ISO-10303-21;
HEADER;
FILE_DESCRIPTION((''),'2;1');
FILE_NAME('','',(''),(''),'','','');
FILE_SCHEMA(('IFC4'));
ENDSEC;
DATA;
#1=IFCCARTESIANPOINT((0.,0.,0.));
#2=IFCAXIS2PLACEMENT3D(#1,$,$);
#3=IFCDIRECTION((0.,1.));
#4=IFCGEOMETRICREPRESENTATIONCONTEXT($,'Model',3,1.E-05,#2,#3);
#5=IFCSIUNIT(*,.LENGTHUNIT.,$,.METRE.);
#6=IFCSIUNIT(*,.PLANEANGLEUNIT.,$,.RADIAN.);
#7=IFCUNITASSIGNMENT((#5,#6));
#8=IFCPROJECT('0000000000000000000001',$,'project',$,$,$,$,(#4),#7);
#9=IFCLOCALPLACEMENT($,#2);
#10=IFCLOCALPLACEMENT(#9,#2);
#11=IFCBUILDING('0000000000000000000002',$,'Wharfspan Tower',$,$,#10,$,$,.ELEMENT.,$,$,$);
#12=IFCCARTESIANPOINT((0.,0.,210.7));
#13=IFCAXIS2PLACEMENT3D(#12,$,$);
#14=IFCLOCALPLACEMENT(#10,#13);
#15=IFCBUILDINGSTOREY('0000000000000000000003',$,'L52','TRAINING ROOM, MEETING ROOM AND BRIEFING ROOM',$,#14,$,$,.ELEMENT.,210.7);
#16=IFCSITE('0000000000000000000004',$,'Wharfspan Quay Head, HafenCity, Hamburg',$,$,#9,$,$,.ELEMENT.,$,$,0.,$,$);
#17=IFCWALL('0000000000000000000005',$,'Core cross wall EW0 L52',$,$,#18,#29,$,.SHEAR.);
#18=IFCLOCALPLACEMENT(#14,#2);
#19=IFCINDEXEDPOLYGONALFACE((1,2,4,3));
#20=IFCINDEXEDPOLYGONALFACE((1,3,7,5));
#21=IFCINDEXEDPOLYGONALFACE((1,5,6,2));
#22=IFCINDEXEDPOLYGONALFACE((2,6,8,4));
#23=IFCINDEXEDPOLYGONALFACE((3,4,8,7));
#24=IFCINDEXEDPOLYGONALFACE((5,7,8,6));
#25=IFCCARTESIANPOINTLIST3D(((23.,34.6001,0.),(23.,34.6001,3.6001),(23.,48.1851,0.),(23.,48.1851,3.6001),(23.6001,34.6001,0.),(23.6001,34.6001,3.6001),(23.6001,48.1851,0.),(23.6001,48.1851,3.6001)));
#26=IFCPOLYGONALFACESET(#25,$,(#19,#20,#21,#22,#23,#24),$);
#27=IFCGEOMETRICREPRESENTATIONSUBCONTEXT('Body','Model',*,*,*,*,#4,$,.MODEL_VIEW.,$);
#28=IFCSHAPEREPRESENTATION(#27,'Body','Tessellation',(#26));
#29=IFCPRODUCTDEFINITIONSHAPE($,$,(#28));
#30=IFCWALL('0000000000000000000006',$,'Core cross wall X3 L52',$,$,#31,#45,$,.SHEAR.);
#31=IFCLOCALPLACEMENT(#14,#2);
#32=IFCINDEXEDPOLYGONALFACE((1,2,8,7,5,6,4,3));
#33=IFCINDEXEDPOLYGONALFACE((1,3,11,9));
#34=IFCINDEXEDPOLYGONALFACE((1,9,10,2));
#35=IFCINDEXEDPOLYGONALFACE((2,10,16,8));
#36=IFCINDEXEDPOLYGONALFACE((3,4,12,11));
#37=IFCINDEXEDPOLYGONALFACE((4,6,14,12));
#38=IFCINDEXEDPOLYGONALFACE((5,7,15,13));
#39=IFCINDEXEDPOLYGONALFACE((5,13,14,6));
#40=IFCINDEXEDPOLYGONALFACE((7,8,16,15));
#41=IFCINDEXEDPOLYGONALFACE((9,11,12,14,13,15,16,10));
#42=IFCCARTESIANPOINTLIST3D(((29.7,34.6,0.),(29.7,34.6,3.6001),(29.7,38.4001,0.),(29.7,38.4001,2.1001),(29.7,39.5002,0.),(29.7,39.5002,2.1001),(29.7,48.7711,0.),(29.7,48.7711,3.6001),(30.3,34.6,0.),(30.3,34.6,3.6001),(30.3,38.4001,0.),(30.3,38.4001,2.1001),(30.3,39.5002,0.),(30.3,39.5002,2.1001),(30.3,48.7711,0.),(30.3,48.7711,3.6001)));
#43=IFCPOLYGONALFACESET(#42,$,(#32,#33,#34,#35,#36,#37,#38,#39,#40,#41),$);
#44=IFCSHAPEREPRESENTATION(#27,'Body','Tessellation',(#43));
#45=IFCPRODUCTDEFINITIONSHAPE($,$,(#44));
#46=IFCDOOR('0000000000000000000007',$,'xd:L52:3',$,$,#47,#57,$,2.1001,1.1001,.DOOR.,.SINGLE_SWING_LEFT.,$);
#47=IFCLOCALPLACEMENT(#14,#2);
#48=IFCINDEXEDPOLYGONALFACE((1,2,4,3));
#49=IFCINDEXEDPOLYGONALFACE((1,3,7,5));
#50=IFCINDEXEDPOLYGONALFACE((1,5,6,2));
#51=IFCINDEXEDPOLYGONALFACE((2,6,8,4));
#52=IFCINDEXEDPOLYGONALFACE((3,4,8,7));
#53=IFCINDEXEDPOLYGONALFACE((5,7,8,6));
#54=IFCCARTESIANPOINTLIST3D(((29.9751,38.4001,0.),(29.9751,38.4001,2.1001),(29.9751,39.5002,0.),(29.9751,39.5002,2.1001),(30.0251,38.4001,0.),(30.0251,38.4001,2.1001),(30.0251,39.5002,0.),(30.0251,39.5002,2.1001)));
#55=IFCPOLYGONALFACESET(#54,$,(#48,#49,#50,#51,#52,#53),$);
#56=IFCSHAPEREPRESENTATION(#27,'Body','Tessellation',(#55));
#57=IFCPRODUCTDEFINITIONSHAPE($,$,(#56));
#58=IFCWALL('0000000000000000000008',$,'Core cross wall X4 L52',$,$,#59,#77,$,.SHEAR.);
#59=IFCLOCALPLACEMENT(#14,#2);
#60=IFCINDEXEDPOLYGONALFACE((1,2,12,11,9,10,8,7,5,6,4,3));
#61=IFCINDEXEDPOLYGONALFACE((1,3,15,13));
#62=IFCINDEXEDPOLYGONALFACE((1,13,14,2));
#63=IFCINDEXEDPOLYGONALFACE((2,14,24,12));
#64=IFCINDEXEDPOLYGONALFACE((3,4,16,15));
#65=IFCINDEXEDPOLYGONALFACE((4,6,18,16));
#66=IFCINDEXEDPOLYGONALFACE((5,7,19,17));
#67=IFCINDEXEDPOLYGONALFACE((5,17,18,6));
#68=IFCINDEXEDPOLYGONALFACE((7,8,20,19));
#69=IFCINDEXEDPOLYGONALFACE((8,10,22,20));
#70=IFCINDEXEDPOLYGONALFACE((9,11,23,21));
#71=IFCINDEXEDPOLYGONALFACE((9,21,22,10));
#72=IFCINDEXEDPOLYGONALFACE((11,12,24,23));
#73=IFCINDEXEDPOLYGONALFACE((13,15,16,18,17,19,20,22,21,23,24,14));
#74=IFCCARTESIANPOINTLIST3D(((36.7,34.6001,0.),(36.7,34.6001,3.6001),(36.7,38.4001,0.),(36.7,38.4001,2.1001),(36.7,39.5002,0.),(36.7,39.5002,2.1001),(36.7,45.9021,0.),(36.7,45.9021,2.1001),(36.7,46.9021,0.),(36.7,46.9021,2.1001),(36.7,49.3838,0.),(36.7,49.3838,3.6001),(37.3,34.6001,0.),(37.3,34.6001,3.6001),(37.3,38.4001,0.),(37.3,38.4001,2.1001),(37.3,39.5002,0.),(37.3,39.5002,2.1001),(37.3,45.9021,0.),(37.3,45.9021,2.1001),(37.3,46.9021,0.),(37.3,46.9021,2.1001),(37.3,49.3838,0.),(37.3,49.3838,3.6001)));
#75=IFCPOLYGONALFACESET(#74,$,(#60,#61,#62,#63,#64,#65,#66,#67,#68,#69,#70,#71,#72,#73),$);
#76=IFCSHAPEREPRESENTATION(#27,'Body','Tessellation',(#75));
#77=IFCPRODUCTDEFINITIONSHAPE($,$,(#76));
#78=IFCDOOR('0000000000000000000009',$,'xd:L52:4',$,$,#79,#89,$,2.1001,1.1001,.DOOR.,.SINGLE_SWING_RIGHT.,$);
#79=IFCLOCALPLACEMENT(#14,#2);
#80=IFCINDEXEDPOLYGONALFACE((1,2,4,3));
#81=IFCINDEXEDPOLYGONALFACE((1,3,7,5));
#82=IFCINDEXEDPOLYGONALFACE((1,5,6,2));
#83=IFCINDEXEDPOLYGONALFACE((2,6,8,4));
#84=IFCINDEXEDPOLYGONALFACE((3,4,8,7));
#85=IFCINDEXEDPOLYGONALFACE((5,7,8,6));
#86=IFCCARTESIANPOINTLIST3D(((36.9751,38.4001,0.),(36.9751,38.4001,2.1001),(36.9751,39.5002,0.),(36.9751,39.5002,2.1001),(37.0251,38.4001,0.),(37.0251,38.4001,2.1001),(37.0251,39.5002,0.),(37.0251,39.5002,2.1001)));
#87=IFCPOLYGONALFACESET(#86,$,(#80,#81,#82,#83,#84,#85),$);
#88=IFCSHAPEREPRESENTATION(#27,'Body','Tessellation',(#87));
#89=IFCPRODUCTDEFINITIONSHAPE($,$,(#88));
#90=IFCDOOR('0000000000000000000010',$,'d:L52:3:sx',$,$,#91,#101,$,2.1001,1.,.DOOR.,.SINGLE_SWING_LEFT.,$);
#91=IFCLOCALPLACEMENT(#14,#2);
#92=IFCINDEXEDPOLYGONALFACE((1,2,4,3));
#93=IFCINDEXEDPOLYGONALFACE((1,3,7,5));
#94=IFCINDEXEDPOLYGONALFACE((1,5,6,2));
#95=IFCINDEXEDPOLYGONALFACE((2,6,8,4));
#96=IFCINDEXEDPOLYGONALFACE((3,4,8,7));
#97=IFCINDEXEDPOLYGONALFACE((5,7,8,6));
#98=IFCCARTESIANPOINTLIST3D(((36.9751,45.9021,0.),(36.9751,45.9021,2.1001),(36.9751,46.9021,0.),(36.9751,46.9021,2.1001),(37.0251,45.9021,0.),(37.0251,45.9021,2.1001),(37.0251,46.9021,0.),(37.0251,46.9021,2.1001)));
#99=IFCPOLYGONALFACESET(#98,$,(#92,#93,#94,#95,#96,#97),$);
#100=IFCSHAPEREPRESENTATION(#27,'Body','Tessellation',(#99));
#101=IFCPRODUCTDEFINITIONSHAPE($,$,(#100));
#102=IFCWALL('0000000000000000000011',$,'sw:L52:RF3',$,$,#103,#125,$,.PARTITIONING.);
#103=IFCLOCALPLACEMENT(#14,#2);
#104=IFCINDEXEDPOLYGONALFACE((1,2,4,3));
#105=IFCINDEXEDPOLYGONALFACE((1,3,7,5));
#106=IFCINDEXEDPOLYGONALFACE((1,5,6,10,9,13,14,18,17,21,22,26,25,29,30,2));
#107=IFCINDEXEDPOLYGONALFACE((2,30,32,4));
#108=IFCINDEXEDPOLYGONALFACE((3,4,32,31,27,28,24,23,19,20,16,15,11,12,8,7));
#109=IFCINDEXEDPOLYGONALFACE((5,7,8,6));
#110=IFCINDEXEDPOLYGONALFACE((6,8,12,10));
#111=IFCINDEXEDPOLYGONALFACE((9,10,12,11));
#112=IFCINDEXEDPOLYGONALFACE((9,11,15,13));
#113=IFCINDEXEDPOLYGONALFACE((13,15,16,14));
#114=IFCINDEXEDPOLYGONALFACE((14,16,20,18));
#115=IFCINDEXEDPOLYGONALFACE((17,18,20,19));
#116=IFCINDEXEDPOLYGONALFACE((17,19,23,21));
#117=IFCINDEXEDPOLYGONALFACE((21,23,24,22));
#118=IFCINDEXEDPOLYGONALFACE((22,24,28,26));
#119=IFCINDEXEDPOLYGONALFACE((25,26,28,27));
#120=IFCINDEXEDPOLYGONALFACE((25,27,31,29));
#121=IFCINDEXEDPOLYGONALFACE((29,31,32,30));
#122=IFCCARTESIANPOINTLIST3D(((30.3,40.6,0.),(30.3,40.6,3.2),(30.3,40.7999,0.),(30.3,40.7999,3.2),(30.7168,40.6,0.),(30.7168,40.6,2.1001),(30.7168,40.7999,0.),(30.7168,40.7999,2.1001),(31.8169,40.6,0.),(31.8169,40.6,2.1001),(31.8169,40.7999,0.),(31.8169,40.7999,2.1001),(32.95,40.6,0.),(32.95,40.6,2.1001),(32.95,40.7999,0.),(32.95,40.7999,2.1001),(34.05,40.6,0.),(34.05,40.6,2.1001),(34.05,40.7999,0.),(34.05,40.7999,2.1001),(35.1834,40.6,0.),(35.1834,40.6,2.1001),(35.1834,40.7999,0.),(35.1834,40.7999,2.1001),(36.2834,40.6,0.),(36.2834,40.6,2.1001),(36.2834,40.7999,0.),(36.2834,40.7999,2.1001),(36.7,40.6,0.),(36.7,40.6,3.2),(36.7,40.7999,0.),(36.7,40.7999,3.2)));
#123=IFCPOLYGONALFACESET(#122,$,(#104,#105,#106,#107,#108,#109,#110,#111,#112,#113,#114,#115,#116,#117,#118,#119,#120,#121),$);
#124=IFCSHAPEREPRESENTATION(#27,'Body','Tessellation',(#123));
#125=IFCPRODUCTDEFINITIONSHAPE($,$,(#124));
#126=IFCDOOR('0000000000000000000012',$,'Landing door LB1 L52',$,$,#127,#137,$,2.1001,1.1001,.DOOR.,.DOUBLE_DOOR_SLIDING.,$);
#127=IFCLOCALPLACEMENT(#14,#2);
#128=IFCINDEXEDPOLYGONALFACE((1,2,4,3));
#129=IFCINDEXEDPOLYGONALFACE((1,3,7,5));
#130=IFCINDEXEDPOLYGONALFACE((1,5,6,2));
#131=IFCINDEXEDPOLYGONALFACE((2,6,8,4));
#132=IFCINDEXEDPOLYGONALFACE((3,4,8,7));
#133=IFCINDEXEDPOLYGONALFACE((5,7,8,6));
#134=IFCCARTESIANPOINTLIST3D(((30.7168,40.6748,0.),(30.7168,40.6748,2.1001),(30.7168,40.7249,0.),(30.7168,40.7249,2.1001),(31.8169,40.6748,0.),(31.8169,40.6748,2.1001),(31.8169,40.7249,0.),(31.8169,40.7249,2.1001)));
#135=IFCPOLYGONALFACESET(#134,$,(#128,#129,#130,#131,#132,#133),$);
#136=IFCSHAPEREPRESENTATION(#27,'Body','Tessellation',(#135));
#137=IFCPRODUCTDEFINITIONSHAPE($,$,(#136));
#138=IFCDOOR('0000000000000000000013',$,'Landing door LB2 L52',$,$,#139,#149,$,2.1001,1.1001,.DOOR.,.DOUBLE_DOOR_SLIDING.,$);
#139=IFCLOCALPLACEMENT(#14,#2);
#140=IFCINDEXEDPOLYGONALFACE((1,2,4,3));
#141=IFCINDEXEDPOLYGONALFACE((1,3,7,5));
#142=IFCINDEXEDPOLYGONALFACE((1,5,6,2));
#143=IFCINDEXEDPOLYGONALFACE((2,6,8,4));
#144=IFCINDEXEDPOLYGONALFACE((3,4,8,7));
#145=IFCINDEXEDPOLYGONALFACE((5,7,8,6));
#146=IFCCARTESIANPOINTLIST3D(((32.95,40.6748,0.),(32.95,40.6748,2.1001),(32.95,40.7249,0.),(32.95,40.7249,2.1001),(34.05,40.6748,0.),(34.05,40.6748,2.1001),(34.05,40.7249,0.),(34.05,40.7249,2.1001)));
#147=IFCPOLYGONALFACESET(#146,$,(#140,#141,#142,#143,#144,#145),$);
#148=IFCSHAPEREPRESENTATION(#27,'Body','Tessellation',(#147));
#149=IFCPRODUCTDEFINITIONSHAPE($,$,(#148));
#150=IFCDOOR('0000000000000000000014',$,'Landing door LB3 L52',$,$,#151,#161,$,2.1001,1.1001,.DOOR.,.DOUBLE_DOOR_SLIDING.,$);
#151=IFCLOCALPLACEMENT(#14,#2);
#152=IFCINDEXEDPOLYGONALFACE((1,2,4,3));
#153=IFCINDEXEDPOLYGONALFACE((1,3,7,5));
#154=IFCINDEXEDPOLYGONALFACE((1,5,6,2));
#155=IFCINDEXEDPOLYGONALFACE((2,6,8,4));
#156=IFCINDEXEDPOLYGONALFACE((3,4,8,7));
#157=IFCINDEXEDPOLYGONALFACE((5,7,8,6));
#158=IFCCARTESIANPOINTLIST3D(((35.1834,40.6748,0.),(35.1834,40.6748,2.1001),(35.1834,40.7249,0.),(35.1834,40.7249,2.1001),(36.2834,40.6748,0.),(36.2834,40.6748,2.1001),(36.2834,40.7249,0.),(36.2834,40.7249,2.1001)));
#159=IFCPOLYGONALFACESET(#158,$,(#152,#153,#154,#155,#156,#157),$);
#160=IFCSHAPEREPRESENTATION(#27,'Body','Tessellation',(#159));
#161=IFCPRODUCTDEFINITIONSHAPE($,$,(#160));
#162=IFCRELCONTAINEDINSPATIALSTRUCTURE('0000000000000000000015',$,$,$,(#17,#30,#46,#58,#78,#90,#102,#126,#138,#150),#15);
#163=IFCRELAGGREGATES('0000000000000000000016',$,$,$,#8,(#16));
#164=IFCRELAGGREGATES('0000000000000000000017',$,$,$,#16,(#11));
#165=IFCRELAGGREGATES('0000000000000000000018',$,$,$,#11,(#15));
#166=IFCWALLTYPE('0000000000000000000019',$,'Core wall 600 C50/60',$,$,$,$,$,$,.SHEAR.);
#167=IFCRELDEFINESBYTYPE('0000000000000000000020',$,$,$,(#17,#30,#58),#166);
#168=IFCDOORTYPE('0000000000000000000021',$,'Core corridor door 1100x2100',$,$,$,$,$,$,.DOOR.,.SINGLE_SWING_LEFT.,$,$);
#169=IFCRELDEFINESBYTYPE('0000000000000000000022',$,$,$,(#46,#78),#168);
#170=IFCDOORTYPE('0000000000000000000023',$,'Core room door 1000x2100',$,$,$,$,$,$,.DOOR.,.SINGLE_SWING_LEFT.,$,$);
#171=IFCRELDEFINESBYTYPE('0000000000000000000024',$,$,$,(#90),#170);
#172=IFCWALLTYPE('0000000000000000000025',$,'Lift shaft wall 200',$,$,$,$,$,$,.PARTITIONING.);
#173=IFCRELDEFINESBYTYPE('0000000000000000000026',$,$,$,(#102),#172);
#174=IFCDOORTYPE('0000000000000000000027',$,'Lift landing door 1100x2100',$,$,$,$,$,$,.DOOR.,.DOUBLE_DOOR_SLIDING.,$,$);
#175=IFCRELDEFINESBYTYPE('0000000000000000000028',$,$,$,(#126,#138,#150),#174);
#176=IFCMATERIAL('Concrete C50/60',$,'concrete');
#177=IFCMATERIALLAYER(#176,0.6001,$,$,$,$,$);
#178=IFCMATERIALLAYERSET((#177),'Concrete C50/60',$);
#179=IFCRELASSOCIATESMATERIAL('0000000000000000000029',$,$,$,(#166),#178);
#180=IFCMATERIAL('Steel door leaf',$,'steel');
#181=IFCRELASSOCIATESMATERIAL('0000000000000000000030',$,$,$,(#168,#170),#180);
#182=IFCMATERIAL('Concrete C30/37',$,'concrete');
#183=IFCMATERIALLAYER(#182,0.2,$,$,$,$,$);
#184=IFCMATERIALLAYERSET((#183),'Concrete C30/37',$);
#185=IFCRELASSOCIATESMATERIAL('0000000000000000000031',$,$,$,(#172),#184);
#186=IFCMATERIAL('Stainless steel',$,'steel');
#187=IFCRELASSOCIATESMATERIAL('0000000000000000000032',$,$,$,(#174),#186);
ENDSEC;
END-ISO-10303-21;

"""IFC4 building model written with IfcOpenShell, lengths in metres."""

from ifc_helpers import new_model, si_unit, direction, frame, frame_2d, origin, place, context, subcontext, project, spatial, rectangle, extrude, material, layer, layer_set, type_object, element, fill, save


model = new_model("IFC4")

# Units and contexts
model_context = context("Model", 3, precision=1e-05, world=origin(), true_north=direction((0.0, 1.0)))
body_context = subcontext(model_context, "Body", "Model", "MODEL_VIEW")
ifc_project = project(units=[si_unit("LENGTHUNIT", "METRE"), si_unit("PLANEANGLEUNIT", "RADIAN")], contexts=[model_context])

# Site, building, storey
site_placement = place(None, origin())
site = spatial("IfcSite", under=ifc_project, at=site_placement, Name="Wharfspan Quay Head, HafenCity, Hamburg", CompositionType="ELEMENT", RefElevation=0.0)
building_placement = place(site_placement, origin())
building = spatial("IfcBuilding", under=site, at=building_placement, Name="Wharfspan Tower", CompositionType="ELEMENT")
storey_placement = place(building_placement, frame((0.0, 0.0, 210.7)))
storey = spatial("IfcBuildingStorey", under=building, at=storey_placement, Name="L52", Description="TRAINING ROOM, MEETING ROOM AND BRIEFING ROOM", CompositionType="ELEMENT", Elevation=210.7)

# Wall
ifc_material_1 = material(Name="Concrete C50/60", Category="concrete")
ifc_layer_1 = layer(ifc_material_1, 0.6001)
ifc_layer_set_1 = layer_set([ifc_layer_1], Name="Concrete C50/60")
wall_type_1 = type_object("IfcWallType", Name="Core wall 600 C50/60", PredefinedType="SHEAR", material=ifc_layer_set_1)
wall_1_placement = place(storey_placement, frame((23.3, 34.6001, 0.0), z_axis=(0.0, 0.0, 1.0), x_axis=(0.0, 1.0, 0.0)))
element("IfcWall", 1, at=wall_1_placement, inside=storey, type_object=wall_type_1, Name="Core cross wall EW0 L52", PredefinedType="SHEAR", context=body_context, shape_type="SweptSolid", body=[
    extrude(rectangle(XDim=13.585, YDim=0.6001, at=frame_2d((6.7925, 0.0))), origin(), (0.0, 0.0, 1.0), 3.6001),
])

# Wall, opening, door
wall_2_placement = place(storey_placement, frame((30.0, 34.6001, 0.0), z_axis=(0.0, 0.0, 1.0), x_axis=(0.0, 1.0, 0.0)))
wall_2 = element("IfcWall", 2, at=wall_2_placement, inside=storey, type_object=wall_type_1, Name="Core cross wall X3 L52", PredefinedType="SHEAR", context=body_context, shape_type="SweptSolid", body=[
    extrude(rectangle(XDim=14.1711, YDim=0.6001, at=frame_2d((7.0854, 0.0))), origin(), (0.0, 0.0, 1.0), 3.6001),
])
opening_1_placement = place(wall_2_placement, frame((3.8, 0.0, 0.0)))
opening_1 = element("IfcOpeningElement", 3, at=opening_1_placement, cuts=wall_2, PredefinedType="OPENING", context=body_context, shape_type="SweptSolid", body=[
    extrude(rectangle(XDim=1.1001, YDim=2.1001, at=frame_2d((0.55, 1.05))), frame((0.0, 0.3101, 0.0), z_axis=(0.0, -1.0, 0.0), x_axis=(1.0, 0.0, 0.0)), (0.0, 0.0, 1.0), 0.6201),
])
ifc_material_2 = material(Name="Steel door leaf", Category="steel")
door_type_1 = type_object("IfcDoorType", Name="Core corridor door 1100x2100", OperationType="SINGLE_SWING_LEFT", PredefinedType="DOOR", material=ifc_material_2)
door_1_placement = place(opening_1_placement, origin())
door_1 = element("IfcDoor", 4, at=door_1_placement, inside=storey, type_object=door_type_1, Name="xd:L52:3", OperationType="SINGLE_SWING_LEFT", OverallHeight=2.1001, OverallWidth=1.1001, PredefinedType="DOOR", context=body_context, shape_type="SweptSolid", body=[
    extrude(rectangle(XDim=1.1001, YDim=2.1001, at=frame_2d((0.55, 1.05))), frame((0.0, 0.0249, 0.0), z_axis=(0.0, -1.0, 0.0), x_axis=(1.0, 0.0, 0.0)), (0.0, 0.0, 1.0), 0.05),
])
fill(opening_1, door_1)

# Walls, openings, doors
wall_3_placement = place(storey_placement, frame((37.0, 34.6001, 0.0), z_axis=(0.0, 0.0, 1.0), x_axis=(0.0, 1.0, 0.0)))
wall_3 = element("IfcWall", 5, at=wall_3_placement, inside=storey, type_object=wall_type_1, Name="Core cross wall X4 L52", PredefinedType="SHEAR", context=body_context, shape_type="SweptSolid", body=[
    extrude(rectangle(XDim=14.7837, YDim=0.6001, at=frame_2d((7.3918, 0.0))), origin(), (0.0, 0.0, 1.0), 3.6001),
])
opening_2_placement = place(wall_3_placement, frame((11.302, 0.0, 0.0)))
opening_2 = element("IfcOpeningElement", 6, at=opening_2_placement, cuts=wall_3, PredefinedType="OPENING", context=body_context, shape_type="SweptSolid", body=[
    extrude(rectangle(XDim=1.0, YDim=2.1001, at=frame_2d((0.5, 1.05))), frame((0.0, 0.3101, 0.0), z_axis=(0.0, -1.0, 0.0), x_axis=(1.0, 0.0, 0.0)), (0.0, 0.0, 1.0), 0.6201),
])
opening_3_placement = place(wall_3_placement, frame((3.8, 0.0, 0.0)))
opening_3 = element("IfcOpeningElement", 7, at=opening_3_placement, cuts=wall_3, PredefinedType="OPENING", context=body_context, shape_type="SweptSolid", body=[
    extrude(rectangle(XDim=1.1001, YDim=2.1001, at=frame_2d((0.55, 1.05))), frame((0.0, 0.3101, 0.0), z_axis=(0.0, -1.0, 0.0), x_axis=(1.0, 0.0, 0.0)), (0.0, 0.0, 1.0), 0.6201),
])
door_2_placement = place(opening_3_placement, origin())
door_2 = element("IfcDoor", 8, at=door_2_placement, inside=storey, type_object=door_type_1, Name="xd:L52:4", OperationType="SINGLE_SWING_RIGHT", OverallHeight=2.1001, OverallWidth=1.1001, PredefinedType="DOOR", context=body_context, shape_type="SweptSolid", body=[
    extrude(rectangle(XDim=1.1001, YDim=2.1001, at=frame_2d((0.55, 1.05))), frame((0.0, 0.0249, 0.0), z_axis=(0.0, -1.0, 0.0), x_axis=(1.0, 0.0, 0.0)), (0.0, 0.0, 1.0), 0.05),
])
fill(opening_3, door_2)
door_type_2 = type_object("IfcDoorType", Name="Core room door 1000x2100", OperationType="SINGLE_SWING_LEFT", PredefinedType="DOOR", material=ifc_material_2)
door_3_placement = place(opening_2_placement, origin())
door_3 = element("IfcDoor", 9, at=door_3_placement, inside=storey, type_object=door_type_2, Name="d:L52:3:sx", OperationType="SINGLE_SWING_LEFT", OverallHeight=2.1001, OverallWidth=1.0, PredefinedType="DOOR", context=body_context, shape_type="SweptSolid", body=[
    extrude(rectangle(XDim=1.0, YDim=2.1001, at=frame_2d((0.5, 1.05))), frame((0.0, 0.0249, 0.0), z_axis=(0.0, -1.0, 0.0), x_axis=(1.0, 0.0, 0.0)), (0.0, 0.0, 1.0), 0.05),
])
fill(opening_2, door_3)
ifc_material_3 = material(Name="Concrete C30/37", Category="concrete")
ifc_layer_2 = layer(ifc_material_3, 0.2)
ifc_layer_set_2 = layer_set([ifc_layer_2], Name="Concrete C30/37")
wall_type_2 = type_object("IfcWallType", Name="Lift shaft wall 200", PredefinedType="PARTITIONING", material=ifc_layer_set_2)
wall_4_placement = place(storey_placement, frame((30.3, 40.7, 0.0), z_axis=(0.0, 0.0, 1.0), x_axis=(1.0, 0.0, 0.0)))
wall_4 = element("IfcWall", 10, at=wall_4_placement, inside=storey, type_object=wall_type_2, Name="sw:L52:RF3", PredefinedType="PARTITIONING", context=body_context, shape_type="SweptSolid", body=[
    extrude(rectangle(XDim=6.3999, YDim=0.2, at=frame_2d((3.2, 0.0))), origin(), (0.0, 0.0, 1.0), 3.2),
])
opening_4_placement = place(wall_4_placement, frame((0.4167, 0.0, 0.0)))
opening_4 = element("IfcOpeningElement", 11, at=opening_4_placement, cuts=wall_4, PredefinedType="OPENING", context=body_context, shape_type="SweptSolid", body=[
    extrude(rectangle(XDim=1.1001, YDim=2.1001, at=frame_2d((0.55, 1.05))), frame((0.0, 0.1099, 0.0), z_axis=(0.0, -1.0, 0.0), x_axis=(1.0, 0.0, 0.0)), (0.0, 0.0, 1.0), 0.22),
])
opening_5_placement = place(wall_4_placement, frame((2.6499, 0.0, 0.0)))
opening_5 = element("IfcOpeningElement", 12, at=opening_5_placement, cuts=wall_4, PredefinedType="OPENING", context=body_context, shape_type="SweptSolid", body=[
    extrude(rectangle(XDim=1.1001, YDim=2.1001, at=frame_2d((0.55, 1.05))), frame((0.0, 0.1099, 0.0), z_axis=(0.0, -1.0, 0.0), x_axis=(1.0, 0.0, 0.0)), (0.0, 0.0, 1.0), 0.22),
])
opening_6_placement = place(wall_4_placement, frame((4.8833, 0.0, 0.0)))
opening_6 = element("IfcOpeningElement", 13, at=opening_6_placement, cuts=wall_4, PredefinedType="OPENING", context=body_context, shape_type="SweptSolid", body=[
    extrude(rectangle(XDim=1.1001, YDim=2.1001, at=frame_2d((0.55, 1.05))), frame((0.0, 0.1099, 0.0), z_axis=(0.0, -1.0, 0.0), x_axis=(1.0, 0.0, 0.0)), (0.0, 0.0, 1.0), 0.22),
])
ifc_material_4 = material(Name="Stainless steel", Category="steel")
door_type_3 = type_object("IfcDoorType", Name="Lift landing door 1100x2100", OperationType="DOUBLE_DOOR_SLIDING", PredefinedType="DOOR", material=ifc_material_4)
door_4_placement = place(opening_4_placement, origin())
door_4 = element("IfcDoor", 14, at=door_4_placement, inside=storey, type_object=door_type_3, Name="Landing door LB1 L52", OperationType="DOUBLE_DOOR_SLIDING", OverallHeight=2.1001, OverallWidth=1.1001, PredefinedType="DOOR", context=body_context, shape_type="SweptSolid", body=[
    extrude(rectangle(XDim=1.1001, YDim=2.1001, at=frame_2d((0.55, 1.05))), frame((0.0, 0.0249, 0.0), z_axis=(0.0, -1.0, 0.0), x_axis=(1.0, 0.0, 0.0)), (0.0, 0.0, 1.0), 0.05),
])
fill(opening_4, door_4)
door_5_placement = place(opening_5_placement, origin())
door_5 = element("IfcDoor", 15, at=door_5_placement, inside=storey, type_object=door_type_3, Name="Landing door LB2 L52", OperationType="DOUBLE_DOOR_SLIDING", OverallHeight=2.1001, OverallWidth=1.1001, PredefinedType="DOOR", context=body_context, shape_type="SweptSolid", body=[
    extrude(rectangle(XDim=1.1001, YDim=2.1001, at=frame_2d((0.55, 1.05))), frame((0.0, 0.0249, 0.0), z_axis=(0.0, -1.0, 0.0), x_axis=(1.0, 0.0, 0.0)), (0.0, 0.0, 1.0), 0.05),
])
fill(opening_5, door_5)
door_6_placement = place(opening_6_placement, origin())
door_6 = element("IfcDoor", 16, at=door_6_placement, inside=storey, type_object=door_type_3, Name="Landing door LB3 L52", OperationType="DOUBLE_DOOR_SLIDING", OverallHeight=2.1001, OverallWidth=1.1001, PredefinedType="DOOR", context=body_context, shape_type="SweptSolid", body=[
    extrude(rectangle(XDim=1.1001, YDim=2.1001, at=frame_2d((0.55, 1.05))), frame((0.0, 0.0249, 0.0), z_axis=(0.0, -1.0, 0.0), x_axis=(1.0, 0.0, 0.0)), (0.0, 0.0, 1.0), 0.05),
])
fill(opening_6, door_6)

save(model, "model.ifc")
